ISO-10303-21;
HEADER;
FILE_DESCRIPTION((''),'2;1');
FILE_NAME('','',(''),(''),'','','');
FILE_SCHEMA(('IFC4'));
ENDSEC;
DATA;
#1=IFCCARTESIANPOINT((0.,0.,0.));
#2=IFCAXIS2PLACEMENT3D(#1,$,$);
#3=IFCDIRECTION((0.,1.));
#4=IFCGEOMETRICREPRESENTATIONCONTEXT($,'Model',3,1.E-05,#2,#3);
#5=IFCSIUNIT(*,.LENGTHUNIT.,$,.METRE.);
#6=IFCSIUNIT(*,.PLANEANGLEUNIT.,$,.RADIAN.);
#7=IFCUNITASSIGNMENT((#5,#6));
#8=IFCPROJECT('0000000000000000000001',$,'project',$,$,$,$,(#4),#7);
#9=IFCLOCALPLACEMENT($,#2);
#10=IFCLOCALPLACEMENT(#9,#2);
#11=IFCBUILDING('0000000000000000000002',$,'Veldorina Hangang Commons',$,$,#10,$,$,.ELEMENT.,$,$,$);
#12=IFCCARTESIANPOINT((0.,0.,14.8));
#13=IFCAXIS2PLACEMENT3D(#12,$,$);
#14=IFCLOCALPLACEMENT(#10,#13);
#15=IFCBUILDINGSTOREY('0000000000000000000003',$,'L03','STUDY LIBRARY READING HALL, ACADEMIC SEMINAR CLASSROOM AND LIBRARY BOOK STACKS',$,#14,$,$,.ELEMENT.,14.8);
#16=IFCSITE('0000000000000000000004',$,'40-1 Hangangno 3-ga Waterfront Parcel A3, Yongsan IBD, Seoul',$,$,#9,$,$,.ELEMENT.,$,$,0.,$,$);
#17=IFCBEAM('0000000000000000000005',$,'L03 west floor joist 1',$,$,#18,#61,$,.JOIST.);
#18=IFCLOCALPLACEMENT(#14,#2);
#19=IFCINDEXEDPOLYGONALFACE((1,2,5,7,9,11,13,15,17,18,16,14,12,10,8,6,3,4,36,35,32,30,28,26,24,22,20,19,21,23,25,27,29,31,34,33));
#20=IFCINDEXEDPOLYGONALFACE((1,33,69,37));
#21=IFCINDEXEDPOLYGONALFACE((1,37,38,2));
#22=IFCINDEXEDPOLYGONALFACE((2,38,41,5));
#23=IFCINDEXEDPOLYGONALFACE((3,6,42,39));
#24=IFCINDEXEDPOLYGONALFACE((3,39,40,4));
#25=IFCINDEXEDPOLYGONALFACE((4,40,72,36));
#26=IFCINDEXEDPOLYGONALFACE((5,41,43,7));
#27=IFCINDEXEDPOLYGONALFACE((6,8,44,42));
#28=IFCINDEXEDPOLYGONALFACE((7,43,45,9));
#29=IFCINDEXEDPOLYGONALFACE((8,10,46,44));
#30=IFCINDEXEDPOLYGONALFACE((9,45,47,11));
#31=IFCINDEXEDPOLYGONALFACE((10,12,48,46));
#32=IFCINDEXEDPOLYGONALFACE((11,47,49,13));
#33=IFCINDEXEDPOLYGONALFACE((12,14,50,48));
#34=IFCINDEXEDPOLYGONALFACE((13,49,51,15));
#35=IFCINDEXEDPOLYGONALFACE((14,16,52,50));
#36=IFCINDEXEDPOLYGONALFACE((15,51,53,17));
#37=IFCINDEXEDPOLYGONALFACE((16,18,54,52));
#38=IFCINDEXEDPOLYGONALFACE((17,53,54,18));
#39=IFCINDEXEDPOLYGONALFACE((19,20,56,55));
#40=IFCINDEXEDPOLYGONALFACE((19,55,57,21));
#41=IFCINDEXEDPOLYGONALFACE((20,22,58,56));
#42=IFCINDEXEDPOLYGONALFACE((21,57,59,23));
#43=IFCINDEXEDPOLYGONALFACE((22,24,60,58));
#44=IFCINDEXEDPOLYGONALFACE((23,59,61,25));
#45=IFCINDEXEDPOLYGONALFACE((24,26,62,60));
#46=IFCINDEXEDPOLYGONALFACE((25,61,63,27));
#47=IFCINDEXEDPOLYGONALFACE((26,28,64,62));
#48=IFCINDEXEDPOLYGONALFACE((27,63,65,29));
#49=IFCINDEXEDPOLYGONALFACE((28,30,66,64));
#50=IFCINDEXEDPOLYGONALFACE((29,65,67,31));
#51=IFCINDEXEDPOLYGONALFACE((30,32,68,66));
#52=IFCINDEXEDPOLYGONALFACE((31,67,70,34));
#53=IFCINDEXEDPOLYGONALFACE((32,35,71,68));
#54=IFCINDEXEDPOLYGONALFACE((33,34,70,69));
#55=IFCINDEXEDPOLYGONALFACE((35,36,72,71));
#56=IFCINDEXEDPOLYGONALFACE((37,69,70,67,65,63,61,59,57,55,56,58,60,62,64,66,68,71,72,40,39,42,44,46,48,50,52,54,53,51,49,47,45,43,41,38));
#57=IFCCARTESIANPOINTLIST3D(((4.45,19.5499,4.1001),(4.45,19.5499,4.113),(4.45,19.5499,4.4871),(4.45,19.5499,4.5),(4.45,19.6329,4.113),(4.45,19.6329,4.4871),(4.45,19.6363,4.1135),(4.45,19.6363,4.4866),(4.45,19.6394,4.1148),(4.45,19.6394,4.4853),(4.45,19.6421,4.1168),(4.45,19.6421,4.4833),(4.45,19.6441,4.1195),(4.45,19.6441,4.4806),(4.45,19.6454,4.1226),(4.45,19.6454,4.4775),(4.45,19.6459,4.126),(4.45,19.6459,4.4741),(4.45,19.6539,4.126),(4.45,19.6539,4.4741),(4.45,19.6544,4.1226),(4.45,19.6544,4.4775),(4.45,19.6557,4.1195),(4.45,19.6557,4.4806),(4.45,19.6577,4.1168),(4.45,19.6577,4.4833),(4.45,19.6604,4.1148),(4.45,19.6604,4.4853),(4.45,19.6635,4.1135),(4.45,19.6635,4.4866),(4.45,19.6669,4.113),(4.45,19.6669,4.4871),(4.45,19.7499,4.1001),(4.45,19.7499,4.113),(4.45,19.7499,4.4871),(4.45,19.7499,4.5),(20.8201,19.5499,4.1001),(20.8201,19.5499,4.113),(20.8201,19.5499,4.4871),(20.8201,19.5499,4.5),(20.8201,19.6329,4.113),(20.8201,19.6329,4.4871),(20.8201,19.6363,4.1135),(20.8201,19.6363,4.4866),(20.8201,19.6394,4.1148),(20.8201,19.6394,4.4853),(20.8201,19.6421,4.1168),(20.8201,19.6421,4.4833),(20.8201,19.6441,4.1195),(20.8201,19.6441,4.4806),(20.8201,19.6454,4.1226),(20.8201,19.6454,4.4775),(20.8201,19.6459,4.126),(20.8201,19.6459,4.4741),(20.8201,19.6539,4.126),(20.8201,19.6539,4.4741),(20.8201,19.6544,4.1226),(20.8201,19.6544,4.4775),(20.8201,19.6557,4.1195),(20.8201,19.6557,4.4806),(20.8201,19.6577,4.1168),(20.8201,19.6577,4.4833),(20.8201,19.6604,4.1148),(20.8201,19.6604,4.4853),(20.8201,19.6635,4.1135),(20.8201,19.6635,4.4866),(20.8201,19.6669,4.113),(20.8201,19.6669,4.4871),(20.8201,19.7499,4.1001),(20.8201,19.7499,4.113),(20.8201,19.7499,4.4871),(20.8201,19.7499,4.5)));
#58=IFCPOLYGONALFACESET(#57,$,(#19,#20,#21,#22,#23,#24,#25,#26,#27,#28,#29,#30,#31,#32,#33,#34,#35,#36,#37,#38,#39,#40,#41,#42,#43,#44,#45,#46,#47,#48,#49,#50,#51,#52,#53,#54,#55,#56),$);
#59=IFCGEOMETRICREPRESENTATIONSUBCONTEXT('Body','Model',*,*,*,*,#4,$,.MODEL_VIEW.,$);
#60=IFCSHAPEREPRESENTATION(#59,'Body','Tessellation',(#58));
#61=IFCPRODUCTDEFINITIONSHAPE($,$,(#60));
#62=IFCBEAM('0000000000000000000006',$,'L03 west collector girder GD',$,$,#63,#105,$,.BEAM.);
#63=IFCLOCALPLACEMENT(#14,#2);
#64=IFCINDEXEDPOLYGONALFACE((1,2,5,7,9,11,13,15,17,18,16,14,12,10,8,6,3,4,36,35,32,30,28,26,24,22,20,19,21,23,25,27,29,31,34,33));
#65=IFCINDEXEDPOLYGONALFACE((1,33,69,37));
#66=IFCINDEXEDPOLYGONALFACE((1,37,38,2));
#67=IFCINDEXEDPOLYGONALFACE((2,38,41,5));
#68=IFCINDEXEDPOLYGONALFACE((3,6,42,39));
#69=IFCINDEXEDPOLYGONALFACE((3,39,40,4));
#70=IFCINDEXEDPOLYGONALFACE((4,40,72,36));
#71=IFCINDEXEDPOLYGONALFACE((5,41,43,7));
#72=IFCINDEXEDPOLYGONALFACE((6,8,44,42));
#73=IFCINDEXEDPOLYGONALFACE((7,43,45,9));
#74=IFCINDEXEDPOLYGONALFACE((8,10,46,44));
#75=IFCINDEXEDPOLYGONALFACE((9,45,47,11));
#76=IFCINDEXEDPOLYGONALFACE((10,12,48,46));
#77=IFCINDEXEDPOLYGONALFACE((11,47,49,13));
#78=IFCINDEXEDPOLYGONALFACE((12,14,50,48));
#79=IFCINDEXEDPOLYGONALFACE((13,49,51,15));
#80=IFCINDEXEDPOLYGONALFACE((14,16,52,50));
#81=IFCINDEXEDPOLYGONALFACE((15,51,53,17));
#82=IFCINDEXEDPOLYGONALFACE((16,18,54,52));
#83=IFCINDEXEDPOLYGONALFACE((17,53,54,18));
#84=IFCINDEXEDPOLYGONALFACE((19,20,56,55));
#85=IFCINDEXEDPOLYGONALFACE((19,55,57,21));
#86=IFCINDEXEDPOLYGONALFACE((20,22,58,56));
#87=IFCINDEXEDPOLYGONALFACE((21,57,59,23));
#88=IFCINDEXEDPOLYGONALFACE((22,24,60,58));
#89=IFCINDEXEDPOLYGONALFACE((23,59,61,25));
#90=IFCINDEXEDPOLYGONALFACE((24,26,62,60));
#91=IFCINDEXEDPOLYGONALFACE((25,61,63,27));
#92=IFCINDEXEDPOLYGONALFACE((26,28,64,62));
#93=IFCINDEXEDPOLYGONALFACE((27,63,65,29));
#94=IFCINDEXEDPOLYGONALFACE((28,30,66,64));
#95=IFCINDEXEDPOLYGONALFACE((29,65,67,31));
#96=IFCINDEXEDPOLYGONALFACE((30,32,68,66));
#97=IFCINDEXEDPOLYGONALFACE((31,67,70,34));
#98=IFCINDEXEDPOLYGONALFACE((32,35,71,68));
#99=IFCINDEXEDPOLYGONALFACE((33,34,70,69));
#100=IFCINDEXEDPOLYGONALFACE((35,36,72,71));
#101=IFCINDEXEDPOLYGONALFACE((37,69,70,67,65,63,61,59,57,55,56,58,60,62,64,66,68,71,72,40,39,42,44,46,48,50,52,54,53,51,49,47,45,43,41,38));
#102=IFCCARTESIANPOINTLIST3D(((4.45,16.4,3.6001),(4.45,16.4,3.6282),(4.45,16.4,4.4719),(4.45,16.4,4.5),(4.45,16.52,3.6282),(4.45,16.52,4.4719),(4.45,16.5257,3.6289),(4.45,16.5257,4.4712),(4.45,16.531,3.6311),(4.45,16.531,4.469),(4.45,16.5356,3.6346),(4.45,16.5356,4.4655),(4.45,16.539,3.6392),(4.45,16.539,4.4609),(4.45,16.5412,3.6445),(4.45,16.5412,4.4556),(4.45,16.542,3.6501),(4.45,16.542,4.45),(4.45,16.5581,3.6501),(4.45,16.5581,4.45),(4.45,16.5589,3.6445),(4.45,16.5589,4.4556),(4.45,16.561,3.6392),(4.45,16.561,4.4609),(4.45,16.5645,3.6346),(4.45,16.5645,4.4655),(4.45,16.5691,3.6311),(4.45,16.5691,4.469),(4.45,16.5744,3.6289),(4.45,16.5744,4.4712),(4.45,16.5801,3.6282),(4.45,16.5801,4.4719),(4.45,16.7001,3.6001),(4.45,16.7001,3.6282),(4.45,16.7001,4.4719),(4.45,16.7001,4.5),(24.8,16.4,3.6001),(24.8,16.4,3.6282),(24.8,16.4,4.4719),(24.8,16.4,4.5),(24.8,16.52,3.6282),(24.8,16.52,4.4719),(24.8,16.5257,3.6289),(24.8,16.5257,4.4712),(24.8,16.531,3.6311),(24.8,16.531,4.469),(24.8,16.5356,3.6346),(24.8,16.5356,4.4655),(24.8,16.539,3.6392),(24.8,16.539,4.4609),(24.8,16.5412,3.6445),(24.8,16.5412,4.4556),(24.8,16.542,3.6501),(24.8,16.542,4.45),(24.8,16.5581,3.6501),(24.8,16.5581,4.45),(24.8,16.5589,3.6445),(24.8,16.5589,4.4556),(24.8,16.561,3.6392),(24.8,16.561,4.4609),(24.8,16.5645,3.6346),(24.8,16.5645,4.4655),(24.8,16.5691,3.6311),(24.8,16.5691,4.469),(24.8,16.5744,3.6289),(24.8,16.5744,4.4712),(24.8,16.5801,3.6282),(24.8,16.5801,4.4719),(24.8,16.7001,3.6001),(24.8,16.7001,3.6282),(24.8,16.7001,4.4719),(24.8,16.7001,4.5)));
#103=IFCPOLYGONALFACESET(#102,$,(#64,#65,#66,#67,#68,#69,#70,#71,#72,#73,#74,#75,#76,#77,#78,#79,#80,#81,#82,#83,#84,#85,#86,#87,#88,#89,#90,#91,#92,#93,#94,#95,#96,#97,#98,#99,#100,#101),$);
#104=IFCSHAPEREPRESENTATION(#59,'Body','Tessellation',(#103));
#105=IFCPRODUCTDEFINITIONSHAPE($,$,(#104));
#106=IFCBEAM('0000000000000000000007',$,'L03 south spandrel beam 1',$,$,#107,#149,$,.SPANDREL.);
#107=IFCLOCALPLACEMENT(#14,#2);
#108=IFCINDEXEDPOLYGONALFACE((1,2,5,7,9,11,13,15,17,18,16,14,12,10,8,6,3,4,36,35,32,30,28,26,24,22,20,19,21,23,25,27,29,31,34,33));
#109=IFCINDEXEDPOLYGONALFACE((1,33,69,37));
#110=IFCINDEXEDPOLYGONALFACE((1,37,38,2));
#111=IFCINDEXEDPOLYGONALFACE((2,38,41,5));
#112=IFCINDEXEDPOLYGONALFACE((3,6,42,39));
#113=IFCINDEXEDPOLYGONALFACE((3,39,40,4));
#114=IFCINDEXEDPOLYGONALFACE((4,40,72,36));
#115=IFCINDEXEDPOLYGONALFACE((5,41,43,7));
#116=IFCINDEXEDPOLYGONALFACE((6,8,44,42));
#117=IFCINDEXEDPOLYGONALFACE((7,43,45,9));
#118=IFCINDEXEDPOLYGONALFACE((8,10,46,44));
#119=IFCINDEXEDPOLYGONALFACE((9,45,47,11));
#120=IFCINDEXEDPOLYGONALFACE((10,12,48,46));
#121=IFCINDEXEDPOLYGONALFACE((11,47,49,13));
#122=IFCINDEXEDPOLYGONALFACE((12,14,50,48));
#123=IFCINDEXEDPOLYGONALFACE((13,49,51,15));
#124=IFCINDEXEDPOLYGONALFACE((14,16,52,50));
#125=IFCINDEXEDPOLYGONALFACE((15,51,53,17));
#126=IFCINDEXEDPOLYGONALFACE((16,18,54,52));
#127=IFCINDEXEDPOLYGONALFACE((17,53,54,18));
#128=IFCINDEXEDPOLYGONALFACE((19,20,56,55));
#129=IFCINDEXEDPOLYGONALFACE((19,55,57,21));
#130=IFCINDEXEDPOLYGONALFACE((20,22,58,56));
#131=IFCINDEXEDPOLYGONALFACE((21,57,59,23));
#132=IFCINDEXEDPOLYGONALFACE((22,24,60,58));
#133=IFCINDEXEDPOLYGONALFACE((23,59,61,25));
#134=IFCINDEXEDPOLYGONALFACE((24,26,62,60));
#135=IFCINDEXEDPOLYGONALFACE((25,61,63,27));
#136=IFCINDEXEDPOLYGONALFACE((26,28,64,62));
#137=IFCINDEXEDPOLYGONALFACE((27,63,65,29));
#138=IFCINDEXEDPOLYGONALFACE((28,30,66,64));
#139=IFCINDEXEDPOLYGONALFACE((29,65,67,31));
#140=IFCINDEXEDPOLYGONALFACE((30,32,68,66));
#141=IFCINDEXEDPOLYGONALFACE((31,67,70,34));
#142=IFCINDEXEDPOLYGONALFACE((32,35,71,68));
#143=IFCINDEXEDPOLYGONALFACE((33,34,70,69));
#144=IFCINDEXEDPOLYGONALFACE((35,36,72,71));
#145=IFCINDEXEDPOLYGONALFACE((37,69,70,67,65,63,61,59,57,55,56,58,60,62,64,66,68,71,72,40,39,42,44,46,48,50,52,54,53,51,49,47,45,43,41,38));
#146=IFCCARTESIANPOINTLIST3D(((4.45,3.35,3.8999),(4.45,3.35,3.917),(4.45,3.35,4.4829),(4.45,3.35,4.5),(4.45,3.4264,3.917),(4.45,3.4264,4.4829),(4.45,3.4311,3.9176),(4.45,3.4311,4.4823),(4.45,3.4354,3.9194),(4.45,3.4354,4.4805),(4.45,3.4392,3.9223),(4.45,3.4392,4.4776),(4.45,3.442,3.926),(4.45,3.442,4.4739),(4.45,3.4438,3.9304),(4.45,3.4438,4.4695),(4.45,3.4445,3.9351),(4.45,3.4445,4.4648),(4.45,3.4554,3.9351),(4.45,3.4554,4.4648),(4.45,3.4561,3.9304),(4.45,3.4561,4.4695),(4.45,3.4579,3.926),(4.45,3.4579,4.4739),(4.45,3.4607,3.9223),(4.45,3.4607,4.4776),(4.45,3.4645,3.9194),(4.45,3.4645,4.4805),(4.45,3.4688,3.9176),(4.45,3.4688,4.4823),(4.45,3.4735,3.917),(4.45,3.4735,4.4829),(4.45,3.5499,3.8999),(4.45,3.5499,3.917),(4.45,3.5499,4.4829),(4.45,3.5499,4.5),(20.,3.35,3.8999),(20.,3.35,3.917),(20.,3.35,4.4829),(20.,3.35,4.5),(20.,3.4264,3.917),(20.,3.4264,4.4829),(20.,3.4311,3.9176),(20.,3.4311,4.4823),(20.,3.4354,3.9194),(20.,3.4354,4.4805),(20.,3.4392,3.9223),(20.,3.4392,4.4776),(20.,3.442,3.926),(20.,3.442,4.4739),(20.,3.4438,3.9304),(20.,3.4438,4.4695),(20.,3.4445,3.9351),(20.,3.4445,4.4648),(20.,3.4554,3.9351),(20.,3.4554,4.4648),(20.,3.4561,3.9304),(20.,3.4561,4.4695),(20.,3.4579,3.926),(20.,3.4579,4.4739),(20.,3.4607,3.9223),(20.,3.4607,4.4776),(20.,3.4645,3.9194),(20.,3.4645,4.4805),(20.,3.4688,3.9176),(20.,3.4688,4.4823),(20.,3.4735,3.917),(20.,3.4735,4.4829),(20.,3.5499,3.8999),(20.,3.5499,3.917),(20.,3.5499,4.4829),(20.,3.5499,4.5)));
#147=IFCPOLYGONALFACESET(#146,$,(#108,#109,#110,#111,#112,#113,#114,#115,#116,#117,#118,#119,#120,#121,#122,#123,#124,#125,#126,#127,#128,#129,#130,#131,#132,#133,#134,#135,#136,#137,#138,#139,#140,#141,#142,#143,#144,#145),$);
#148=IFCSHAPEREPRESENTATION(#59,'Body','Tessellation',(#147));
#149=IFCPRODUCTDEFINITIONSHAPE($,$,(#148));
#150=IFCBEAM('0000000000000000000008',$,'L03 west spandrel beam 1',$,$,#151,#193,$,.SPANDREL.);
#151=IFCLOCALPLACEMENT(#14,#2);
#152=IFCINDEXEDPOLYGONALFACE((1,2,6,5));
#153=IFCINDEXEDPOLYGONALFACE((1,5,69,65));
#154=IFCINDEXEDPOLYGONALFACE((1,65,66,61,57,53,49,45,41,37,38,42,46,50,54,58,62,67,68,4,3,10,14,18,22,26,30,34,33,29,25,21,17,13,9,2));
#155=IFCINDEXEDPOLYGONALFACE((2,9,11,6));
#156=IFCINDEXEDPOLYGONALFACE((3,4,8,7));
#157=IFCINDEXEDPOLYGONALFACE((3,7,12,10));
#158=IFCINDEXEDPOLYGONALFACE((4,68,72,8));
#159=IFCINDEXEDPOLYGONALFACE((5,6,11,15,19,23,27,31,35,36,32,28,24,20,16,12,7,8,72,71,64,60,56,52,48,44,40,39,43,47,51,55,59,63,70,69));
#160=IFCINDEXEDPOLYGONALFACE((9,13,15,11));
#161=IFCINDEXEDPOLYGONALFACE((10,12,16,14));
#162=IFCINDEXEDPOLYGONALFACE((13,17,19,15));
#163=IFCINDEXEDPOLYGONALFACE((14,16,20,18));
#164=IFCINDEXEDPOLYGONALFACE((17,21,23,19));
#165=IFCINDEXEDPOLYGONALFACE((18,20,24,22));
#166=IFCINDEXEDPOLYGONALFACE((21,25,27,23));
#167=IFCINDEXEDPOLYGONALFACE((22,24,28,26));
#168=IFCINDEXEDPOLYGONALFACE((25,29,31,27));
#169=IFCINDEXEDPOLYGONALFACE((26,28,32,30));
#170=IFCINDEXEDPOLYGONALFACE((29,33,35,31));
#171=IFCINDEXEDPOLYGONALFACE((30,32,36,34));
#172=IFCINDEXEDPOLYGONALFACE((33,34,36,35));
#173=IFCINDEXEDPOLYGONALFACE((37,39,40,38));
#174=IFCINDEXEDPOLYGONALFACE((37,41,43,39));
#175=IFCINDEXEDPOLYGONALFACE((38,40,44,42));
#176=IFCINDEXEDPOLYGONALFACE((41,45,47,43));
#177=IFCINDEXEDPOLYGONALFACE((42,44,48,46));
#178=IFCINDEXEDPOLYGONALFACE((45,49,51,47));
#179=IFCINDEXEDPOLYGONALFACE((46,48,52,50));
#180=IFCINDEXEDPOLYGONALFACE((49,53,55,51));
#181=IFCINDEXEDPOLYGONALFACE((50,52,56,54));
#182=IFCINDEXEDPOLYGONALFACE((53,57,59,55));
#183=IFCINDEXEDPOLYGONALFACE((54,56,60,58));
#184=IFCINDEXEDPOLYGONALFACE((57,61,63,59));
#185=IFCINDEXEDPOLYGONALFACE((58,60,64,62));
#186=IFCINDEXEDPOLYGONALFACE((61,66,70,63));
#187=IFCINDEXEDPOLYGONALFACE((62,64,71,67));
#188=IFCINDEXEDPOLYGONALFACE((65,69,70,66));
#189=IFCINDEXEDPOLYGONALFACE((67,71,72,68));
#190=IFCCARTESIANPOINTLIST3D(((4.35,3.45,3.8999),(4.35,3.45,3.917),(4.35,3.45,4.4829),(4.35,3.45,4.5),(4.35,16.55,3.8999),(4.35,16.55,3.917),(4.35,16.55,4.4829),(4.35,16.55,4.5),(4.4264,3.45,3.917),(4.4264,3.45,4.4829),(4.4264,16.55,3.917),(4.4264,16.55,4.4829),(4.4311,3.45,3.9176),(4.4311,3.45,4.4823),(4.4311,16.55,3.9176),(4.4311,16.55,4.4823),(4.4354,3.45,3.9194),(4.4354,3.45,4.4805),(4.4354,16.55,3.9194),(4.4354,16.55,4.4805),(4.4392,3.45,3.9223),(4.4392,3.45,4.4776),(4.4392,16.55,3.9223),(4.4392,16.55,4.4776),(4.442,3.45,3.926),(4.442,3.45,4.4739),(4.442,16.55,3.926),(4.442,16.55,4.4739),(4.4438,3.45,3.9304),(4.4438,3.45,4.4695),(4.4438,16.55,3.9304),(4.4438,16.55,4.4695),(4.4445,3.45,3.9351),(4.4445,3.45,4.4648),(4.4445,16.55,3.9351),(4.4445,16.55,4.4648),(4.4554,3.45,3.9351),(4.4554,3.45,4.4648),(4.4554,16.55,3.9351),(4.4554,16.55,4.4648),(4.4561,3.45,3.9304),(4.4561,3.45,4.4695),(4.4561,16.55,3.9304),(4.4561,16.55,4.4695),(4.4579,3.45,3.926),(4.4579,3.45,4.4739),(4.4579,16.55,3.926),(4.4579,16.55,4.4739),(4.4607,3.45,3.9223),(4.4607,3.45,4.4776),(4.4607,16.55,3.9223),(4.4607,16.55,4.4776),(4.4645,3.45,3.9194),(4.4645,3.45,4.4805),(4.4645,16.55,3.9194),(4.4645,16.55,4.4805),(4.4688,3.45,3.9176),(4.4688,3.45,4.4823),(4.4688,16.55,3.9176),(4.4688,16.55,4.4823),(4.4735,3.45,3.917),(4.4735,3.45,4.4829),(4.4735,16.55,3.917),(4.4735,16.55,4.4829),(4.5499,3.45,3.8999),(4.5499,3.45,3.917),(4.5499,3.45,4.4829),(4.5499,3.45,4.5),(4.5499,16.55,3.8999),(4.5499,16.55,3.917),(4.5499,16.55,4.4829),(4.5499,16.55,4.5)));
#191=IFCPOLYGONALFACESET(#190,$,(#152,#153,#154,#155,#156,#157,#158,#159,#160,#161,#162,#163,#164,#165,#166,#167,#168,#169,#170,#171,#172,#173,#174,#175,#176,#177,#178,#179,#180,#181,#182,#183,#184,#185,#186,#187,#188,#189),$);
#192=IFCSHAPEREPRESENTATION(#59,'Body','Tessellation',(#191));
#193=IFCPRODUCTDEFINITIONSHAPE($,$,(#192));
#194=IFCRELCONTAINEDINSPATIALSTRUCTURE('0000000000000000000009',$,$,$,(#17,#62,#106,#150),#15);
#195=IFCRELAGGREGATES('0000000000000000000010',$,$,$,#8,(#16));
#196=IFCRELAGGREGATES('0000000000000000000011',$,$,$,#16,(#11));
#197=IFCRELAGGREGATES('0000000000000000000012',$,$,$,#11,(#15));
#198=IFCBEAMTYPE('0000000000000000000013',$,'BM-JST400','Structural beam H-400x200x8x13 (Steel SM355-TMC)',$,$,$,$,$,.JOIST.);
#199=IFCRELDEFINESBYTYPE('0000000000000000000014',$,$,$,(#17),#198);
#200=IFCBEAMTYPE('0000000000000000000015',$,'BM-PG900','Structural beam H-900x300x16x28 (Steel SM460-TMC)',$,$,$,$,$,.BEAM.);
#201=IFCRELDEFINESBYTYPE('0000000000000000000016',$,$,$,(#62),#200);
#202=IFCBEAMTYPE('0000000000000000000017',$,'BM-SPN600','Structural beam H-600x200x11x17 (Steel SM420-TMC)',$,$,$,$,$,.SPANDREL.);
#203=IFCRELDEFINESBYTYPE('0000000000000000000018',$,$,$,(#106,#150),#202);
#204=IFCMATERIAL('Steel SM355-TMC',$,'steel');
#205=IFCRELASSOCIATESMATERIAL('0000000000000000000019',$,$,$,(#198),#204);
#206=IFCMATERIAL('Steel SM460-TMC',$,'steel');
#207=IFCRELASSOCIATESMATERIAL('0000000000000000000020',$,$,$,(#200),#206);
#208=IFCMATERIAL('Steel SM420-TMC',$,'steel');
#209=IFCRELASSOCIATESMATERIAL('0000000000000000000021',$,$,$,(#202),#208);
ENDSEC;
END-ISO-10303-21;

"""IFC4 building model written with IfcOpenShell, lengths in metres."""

from ifc_helpers import new_model, si_unit, direction, frame, origin, origin_2d, place, context, subcontext, project, spatial, i_section, extrude, material, material_profile, profile_set, type_object, element, save


model = new_model("IFC4")

# Units and contexts
model_context = context("Model", 3, precision=1e-05, world=origin(), true_north=direction((0.0, 1.0)))
body_context = subcontext(model_context, "Body", "Model", "MODEL_VIEW")
ifc_project = project(units=[si_unit("LENGTHUNIT", "METRE"), si_unit("PLANEANGLEUNIT", "RADIAN")], contexts=[model_context])

# Site, building, storey
site_placement = place(None, origin())
site = spatial("IfcSite", under=ifc_project, at=site_placement, Name="40-1 Hangangno 3-ga Waterfront Parcel A3, Yongsan IBD, Seoul", CompositionType="ELEMENT", RefElevation=0.0)
building_placement = place(site_placement, origin())
building = spatial("IfcBuilding", under=site, at=building_placement, Name="Veldorina Hangang Commons", CompositionType="ELEMENT")
storey_placement = place(building_placement, frame((0.0, 0.0, 14.8)))
storey = spatial("IfcBuildingStorey", under=building, at=storey_placement, Name="L03", Description="STUDY LIBRARY READING HALL, ACADEMIC SEMINAR CLASSROOM AND LIBRARY BOOK STACKS", CompositionType="ELEMENT", Elevation=14.8)

# Shared definitions
ifc_material_1 = material(Name="Steel SM420-TMC", Category="steel")
ifc_material_2 = material(Name="Steel SM355-TMC", Category="steel")

# Beams
ifc_material_profile_1 = material_profile(ifc_material_2, i_section(OverallWidth=0.2, OverallDepth=0.3999, WebThickness=0.0081, FlangeThickness=0.0129, FilletRadius=0.0129, at=origin_2d()), Name="H-400x200x8x13")
ifc_profile_set_1 = profile_set([ifc_material_profile_1], Name="Steel SM355-TMC")
beam_type_1 = type_object("IfcBeamType", Name="BM-JST400", Description="Structural beam H-400x200x8x13 (Steel SM355-TMC)", PredefinedType="JOIST", material=ifc_profile_set_1)
beam_1_placement = place(storey_placement, frame((4.45, 19.6499, 4.3), z_axis=(1.0, 0.0, 0.0), x_axis=(0.0, 1.0, 0.0)))
element("IfcBeam", 1, at=beam_1_placement, inside=storey, type_object=beam_type_1, Name="L03 west floor joist 1", PredefinedType="JOIST", context=body_context, shape_type="SweptSolid", body=[
    extrude(i_section(OverallWidth=0.2, OverallDepth=0.3999, WebThickness=0.0081, FlangeThickness=0.0129, FilletRadius=0.0129, at=origin_2d()), origin(), (0.0, 0.0, 1.0), 16.3701),
])
ifc_material_3 = material(Name="Steel SM460-TMC", Category="steel")
ifc_material_profile_2 = material_profile(ifc_material_3, i_section(OverallWidth=0.3, OverallDepth=0.8999, WebThickness=0.0161, FlangeThickness=0.0281, FilletRadius=0.022, at=origin_2d()), Name="H-900x300x16x28")
ifc_profile_set_2 = profile_set([ifc_material_profile_2], Name="Steel SM460-TMC")
beam_type_2 = type_object("IfcBeamType", Name="BM-PG900", Description="Structural beam H-900x300x16x28 (Steel SM460-TMC)", PredefinedType="BEAM", material=ifc_profile_set_2)
beam_2_placement = place(storey_placement, frame((4.45, 16.55, 4.05), z_axis=(1.0, 0.0, 0.0), x_axis=(0.0, 1.0, 0.0)))
element("IfcBeam", 2, at=beam_2_placement, inside=storey, type_object=beam_type_2, Name="L03 west collector girder GD", PredefinedType="BEAM", context=body_context, shape_type="SweptSolid", body=[
    extrude(i_section(OverallWidth=0.3, OverallDepth=0.8999, WebThickness=0.0161, FlangeThickness=0.0281, FilletRadius=0.022, at=origin_2d()), origin(), (0.0, 0.0, 1.0), 20.3501),
])
ifc_material_profile_3 = material_profile(ifc_material_1, i_section(OverallWidth=0.2, OverallDepth=0.6001, WebThickness=0.011, FlangeThickness=0.0171, FilletRadius=0.0181, at=origin_2d()), Name="H-600x200x11x17")
ifc_profile_set_3 = profile_set([ifc_material_profile_3], Name="Steel SM420-TMC")
beam_type_3 = type_object("IfcBeamType", Name="BM-SPN600", Description="Structural beam H-600x200x11x17 (Steel SM420-TMC)", PredefinedType="SPANDREL", material=ifc_profile_set_3)
beam_3_placement = place(storey_placement, frame((4.45, 3.45, 4.2), z_axis=(1.0, 0.0, 0.0), x_axis=(0.0, 1.0, 0.0)))
element("IfcBeam", 3, at=beam_3_placement, inside=storey, type_object=beam_type_3, Name="L03 south spandrel beam 1", PredefinedType="SPANDREL", context=body_context, shape_type="SweptSolid", body=[
    extrude(i_section(OverallWidth=0.2, OverallDepth=0.6001, WebThickness=0.011, FlangeThickness=0.0171, FilletRadius=0.0181, at=origin_2d()), origin(), (0.0, 0.0, 1.0), 15.55),
])
beam_4_placement = place(storey_placement, frame((4.45, 3.45, 4.2), z_axis=(0.0, 1.0, 0.0), x_axis=(-1.0, 0.0, 0.0)))
element("IfcBeam", 4, at=beam_4_placement, inside=storey, type_object=beam_type_3, Name="L03 west spandrel beam 1", PredefinedType="SPANDREL", context=body_context, shape_type="SweptSolid", body=[
    extrude(i_section(OverallWidth=0.2, OverallDepth=0.6001, WebThickness=0.011, FlangeThickness=0.0171, FilletRadius=0.0181, at=origin_2d()), origin(), (0.0, 0.0, 1.0), 13.1001),
])

save(model, "model.ifc")
